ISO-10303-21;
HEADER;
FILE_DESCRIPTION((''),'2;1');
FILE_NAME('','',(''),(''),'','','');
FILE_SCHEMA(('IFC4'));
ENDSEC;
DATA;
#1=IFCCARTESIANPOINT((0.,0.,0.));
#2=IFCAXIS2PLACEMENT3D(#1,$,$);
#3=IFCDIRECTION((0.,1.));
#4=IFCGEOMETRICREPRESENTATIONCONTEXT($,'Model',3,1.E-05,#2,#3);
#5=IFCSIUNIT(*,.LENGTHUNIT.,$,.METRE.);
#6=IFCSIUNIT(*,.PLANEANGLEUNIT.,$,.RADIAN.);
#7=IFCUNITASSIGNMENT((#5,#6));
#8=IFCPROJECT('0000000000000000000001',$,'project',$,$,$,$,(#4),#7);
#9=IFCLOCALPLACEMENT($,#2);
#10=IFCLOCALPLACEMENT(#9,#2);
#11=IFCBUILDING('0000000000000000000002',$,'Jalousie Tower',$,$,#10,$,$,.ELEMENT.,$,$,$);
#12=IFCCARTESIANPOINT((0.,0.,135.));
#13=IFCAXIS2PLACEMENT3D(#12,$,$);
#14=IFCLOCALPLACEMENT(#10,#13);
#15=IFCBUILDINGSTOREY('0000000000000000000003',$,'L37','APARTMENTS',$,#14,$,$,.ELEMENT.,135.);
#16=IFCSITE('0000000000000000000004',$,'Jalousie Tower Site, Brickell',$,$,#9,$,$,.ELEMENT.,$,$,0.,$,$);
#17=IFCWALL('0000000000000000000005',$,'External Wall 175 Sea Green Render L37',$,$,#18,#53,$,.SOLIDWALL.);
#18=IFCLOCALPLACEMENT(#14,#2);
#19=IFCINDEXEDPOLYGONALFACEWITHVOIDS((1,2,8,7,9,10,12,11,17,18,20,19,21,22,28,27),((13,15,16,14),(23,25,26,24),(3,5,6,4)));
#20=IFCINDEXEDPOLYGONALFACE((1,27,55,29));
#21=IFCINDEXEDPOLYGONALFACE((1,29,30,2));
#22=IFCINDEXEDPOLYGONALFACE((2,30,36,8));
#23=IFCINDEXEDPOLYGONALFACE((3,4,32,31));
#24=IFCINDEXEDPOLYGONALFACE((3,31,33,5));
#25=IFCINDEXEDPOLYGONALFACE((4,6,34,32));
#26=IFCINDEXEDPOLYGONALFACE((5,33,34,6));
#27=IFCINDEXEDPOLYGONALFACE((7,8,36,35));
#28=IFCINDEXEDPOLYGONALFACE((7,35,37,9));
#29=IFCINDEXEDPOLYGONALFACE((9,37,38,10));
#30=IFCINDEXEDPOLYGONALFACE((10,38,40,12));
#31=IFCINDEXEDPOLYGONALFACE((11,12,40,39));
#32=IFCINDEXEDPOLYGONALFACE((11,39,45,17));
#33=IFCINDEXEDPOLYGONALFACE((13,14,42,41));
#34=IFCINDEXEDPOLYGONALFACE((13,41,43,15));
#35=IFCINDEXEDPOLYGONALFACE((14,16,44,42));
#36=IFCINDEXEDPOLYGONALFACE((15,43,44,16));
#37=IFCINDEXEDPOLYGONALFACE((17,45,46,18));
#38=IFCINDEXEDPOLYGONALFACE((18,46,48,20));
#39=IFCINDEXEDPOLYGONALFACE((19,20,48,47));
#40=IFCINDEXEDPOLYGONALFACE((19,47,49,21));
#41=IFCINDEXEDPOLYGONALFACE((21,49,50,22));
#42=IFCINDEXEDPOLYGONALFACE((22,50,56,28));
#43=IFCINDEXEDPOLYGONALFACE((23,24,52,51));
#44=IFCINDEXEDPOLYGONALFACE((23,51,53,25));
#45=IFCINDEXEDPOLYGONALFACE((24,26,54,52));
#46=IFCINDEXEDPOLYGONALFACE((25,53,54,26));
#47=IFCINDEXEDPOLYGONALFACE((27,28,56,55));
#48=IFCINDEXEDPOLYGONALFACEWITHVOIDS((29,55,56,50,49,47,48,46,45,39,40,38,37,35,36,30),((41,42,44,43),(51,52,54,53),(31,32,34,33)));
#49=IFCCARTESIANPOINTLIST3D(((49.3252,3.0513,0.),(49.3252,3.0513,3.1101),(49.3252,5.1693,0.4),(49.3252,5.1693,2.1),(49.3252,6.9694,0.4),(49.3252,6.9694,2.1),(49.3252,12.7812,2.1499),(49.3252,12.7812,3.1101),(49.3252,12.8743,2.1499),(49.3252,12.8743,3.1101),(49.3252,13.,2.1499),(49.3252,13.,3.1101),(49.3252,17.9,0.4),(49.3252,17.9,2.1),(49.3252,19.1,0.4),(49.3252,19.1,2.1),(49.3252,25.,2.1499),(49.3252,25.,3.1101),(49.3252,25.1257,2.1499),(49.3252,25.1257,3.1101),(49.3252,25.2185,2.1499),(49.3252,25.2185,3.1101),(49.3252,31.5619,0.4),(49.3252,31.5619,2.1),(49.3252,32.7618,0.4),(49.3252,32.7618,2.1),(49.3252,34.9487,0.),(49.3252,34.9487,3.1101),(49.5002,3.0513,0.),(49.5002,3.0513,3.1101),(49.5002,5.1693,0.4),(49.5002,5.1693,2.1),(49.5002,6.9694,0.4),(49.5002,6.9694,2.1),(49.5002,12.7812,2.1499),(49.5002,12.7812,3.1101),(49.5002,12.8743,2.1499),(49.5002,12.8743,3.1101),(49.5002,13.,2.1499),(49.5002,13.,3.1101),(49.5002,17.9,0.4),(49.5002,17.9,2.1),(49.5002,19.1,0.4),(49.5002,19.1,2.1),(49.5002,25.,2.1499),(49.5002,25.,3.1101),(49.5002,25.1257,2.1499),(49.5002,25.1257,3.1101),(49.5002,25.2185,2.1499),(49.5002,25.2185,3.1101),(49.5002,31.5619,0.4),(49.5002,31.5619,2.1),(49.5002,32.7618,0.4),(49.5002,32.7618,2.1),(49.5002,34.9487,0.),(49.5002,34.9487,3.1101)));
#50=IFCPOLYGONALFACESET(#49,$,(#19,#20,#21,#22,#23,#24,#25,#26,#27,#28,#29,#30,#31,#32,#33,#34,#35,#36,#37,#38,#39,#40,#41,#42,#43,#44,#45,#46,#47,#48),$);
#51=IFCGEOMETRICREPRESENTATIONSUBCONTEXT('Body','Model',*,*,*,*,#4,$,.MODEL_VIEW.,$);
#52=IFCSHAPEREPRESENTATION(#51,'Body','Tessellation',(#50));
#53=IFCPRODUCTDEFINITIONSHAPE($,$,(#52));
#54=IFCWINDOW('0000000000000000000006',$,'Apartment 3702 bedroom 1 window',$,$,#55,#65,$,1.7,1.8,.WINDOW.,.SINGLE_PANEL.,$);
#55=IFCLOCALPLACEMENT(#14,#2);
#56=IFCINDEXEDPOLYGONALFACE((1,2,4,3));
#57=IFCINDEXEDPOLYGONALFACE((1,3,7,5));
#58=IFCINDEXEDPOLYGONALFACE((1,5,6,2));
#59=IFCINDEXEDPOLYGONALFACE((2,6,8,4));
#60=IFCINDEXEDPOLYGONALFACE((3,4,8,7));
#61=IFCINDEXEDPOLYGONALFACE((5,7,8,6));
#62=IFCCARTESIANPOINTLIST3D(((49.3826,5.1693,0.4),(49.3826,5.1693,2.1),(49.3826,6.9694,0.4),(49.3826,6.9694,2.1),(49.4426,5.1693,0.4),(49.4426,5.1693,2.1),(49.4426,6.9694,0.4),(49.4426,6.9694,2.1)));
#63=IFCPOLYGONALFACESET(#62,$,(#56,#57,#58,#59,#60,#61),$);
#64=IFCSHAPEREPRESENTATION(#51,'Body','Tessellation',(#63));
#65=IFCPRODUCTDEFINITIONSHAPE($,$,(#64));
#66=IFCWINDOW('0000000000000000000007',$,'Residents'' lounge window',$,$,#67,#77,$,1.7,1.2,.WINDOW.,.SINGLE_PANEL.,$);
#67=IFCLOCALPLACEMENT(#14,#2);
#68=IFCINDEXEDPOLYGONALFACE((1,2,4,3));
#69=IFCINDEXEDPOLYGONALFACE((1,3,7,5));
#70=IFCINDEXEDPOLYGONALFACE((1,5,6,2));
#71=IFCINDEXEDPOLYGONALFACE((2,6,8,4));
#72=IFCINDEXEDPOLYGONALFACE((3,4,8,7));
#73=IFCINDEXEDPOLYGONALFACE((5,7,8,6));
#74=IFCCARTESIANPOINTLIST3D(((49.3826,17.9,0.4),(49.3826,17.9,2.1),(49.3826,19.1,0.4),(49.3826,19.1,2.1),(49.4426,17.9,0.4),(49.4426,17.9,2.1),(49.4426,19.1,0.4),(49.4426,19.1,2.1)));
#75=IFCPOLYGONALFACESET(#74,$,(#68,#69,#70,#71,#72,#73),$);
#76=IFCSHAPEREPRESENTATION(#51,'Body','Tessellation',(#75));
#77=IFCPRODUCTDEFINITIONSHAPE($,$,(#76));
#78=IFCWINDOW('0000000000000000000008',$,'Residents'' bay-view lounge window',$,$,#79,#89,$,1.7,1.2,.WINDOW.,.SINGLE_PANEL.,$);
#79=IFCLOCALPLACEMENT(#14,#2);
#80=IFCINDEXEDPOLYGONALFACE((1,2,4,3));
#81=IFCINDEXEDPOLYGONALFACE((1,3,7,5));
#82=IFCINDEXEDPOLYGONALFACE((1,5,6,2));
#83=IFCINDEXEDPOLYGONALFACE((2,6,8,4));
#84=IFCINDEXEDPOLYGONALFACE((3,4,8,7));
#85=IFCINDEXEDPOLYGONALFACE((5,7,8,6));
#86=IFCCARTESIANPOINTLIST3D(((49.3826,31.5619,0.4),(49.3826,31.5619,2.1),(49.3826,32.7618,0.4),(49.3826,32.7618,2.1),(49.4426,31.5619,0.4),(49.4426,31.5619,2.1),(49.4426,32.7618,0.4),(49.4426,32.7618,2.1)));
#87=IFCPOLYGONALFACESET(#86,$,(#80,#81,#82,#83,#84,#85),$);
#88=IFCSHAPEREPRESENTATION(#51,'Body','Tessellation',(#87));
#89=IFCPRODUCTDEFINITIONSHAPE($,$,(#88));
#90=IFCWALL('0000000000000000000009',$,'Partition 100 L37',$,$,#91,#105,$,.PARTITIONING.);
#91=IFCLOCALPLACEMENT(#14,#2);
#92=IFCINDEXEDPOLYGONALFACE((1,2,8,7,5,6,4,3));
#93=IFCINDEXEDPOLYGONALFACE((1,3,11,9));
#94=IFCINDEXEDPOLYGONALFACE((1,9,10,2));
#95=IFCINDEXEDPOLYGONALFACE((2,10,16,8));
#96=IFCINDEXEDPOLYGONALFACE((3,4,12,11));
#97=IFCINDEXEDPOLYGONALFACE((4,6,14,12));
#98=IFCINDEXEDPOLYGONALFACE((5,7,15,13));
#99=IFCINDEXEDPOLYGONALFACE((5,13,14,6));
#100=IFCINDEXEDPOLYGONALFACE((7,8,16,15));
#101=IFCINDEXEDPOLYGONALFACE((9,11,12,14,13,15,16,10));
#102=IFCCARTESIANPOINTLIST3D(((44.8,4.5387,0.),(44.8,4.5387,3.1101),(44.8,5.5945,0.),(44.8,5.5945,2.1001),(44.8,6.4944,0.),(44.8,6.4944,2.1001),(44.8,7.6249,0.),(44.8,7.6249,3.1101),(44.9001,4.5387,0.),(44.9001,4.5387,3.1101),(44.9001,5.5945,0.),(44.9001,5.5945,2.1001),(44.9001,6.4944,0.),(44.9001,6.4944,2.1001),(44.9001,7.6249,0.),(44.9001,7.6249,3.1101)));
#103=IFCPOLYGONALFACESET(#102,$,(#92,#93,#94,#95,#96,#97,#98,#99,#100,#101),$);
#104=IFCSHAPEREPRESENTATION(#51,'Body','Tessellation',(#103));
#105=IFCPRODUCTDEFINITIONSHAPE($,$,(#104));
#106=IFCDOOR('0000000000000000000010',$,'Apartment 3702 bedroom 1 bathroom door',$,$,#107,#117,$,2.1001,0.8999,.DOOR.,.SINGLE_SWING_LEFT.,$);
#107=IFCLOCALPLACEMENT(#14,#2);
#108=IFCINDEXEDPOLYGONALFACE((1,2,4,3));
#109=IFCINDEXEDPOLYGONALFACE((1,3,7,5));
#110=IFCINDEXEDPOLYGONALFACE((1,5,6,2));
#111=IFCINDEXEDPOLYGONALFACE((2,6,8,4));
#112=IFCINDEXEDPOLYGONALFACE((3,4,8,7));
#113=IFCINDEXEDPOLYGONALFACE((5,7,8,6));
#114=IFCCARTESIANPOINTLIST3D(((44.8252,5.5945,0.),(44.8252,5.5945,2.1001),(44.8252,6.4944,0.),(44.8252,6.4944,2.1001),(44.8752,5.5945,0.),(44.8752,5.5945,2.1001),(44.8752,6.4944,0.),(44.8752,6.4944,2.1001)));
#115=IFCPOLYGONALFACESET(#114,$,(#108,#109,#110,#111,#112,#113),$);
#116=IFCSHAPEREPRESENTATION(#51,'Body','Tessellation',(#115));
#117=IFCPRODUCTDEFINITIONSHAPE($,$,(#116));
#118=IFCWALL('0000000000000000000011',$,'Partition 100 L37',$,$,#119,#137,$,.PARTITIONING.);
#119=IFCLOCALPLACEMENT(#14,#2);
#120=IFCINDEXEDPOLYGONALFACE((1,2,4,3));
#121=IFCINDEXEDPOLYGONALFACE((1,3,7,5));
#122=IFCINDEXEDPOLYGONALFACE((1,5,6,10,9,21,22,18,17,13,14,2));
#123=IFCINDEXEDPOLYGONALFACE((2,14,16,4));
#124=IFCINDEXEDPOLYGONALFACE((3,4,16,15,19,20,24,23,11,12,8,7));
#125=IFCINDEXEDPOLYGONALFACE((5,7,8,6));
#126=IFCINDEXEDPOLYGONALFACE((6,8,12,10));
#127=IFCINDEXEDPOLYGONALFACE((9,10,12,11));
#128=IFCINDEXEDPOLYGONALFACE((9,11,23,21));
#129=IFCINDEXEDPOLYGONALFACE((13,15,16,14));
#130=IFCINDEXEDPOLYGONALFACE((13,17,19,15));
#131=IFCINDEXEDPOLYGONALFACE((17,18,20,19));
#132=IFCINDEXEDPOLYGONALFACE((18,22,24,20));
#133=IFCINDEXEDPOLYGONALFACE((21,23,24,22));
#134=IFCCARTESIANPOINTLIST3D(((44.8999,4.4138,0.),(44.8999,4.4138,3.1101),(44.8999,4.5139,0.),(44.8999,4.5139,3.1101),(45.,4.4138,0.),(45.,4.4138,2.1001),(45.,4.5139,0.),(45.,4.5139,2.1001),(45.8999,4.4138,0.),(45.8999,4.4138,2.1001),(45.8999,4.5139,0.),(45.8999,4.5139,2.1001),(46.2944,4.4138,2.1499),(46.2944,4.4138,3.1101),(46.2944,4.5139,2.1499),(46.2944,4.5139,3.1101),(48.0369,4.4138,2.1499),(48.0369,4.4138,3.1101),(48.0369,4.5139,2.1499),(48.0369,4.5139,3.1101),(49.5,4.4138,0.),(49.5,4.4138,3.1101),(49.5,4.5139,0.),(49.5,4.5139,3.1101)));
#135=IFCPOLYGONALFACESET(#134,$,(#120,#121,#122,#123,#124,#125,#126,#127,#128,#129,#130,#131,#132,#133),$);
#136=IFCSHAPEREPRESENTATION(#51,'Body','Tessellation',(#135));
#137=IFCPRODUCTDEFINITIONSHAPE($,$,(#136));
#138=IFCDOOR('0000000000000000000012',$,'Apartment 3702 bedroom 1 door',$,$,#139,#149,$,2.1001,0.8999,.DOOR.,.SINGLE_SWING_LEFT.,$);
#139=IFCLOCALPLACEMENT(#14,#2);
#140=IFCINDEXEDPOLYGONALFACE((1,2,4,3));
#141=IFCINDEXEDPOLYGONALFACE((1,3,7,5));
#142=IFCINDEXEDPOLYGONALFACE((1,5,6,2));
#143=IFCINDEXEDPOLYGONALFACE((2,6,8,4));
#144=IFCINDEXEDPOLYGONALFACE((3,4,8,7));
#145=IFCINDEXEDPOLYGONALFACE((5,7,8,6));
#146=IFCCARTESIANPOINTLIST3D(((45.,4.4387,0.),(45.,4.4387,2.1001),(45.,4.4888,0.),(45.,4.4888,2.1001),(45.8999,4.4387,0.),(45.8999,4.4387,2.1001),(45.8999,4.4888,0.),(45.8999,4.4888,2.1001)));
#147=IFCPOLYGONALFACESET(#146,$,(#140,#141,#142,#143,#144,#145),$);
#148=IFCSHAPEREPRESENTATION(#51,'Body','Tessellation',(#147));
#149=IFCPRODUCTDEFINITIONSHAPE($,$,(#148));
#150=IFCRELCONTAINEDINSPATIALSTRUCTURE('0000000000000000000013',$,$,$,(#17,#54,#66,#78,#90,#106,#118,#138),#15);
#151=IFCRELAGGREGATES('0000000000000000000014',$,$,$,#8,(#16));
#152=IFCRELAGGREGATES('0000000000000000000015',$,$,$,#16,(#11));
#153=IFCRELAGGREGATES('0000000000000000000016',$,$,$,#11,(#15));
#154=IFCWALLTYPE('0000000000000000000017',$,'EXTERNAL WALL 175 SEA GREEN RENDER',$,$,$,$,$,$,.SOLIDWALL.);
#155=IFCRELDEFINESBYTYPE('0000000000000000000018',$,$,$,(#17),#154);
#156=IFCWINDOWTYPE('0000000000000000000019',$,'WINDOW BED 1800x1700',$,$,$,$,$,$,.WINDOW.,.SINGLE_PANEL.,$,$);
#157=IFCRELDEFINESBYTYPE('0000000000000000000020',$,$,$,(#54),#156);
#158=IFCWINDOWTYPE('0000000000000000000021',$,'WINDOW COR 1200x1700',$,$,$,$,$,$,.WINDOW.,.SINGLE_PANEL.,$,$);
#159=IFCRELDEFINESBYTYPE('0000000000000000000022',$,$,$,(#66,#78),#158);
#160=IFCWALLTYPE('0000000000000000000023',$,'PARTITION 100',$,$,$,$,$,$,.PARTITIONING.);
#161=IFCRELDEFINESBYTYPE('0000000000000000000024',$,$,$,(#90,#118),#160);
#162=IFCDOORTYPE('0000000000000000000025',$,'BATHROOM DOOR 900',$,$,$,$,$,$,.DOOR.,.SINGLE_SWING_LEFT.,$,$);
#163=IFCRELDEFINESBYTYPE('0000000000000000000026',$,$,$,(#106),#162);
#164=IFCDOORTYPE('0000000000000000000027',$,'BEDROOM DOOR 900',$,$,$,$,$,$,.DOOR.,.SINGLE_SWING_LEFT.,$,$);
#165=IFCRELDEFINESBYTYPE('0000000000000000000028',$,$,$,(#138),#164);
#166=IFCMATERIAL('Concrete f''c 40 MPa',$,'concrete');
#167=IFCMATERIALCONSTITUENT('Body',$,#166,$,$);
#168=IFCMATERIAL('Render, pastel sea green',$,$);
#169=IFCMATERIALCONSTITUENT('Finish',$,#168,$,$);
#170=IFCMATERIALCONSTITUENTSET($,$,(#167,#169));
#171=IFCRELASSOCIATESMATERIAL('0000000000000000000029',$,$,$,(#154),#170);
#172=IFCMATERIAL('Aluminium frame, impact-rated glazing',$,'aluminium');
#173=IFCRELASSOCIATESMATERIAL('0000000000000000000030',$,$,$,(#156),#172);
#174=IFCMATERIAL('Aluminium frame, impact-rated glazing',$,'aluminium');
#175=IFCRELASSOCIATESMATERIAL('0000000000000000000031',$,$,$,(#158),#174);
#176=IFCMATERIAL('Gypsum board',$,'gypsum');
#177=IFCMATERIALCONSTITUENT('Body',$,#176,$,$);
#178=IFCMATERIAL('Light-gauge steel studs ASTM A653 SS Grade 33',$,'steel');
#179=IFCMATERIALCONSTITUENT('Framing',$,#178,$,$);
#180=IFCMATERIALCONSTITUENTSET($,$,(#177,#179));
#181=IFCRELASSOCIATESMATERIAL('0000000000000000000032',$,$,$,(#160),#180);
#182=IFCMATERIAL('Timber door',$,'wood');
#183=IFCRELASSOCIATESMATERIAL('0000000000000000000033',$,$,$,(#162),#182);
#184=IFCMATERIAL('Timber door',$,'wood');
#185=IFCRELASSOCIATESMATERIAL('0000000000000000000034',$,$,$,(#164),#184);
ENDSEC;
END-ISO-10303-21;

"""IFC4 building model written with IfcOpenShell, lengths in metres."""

from ifc_helpers import new_model, si_unit, direction, frame, frame_2d, origin, place, context, subcontext, project, spatial, polyline, rectangle, outline, extrude, material, constituent, constituent_set, type_object, element, fill, save


model = new_model("IFC4")

# Units and contexts
model_context = context("Model", 3, precision=1e-05, world=origin(), true_north=direction((0.0, 1.0)))
body_context = subcontext(model_context, "Body", "Model", "MODEL_VIEW")
ifc_project = project(units=[si_unit("LENGTHUNIT", "METRE"), si_unit("PLANEANGLEUNIT", "RADIAN")], contexts=[model_context])

# Site, building, storey
site_placement = place(None, origin())
site = spatial("IfcSite", under=ifc_project, at=site_placement, Name="Jalousie Tower Site, Brickell", CompositionType="ELEMENT", RefElevation=0.0)
building_placement = place(site_placement, origin())
building = spatial("IfcBuilding", under=site, at=building_placement, Name="Jalousie Tower", CompositionType="ELEMENT")
storey_placement = place(building_placement, frame((0.0, 0.0, 135.0)))
storey = spatial("IfcBuildingStorey", under=building, at=storey_placement, Name="L37", Description="APARTMENTS", CompositionType="ELEMENT", Elevation=135.0)

# Wall, openings, windows
ifc_material_1 = material(Name="Concrete f'c 40 MPa", Category="concrete")
ifc_constituent_1 = constituent(ifc_material_1, Name="Body")
ifc_material_2 = material(Name="Render, pastel sea green")
ifc_constituent_2 = constituent(ifc_material_2, Name="Finish")
ifc_constituent_set_1 = constituent_set(constituents=[ifc_constituent_1, ifc_constituent_2])
wall_type_1 = type_object("IfcWallType", Name="EXTERNAL WALL 175 SEA GREEN RENDER", PredefinedType="SOLIDWALL", material=ifc_constituent_set_1)
wall_1_placement = place(storey_placement, frame((49.4126, 3.0513, 0.0), z_axis=(0.0, 0.0, 1.0), x_axis=(0.0, 1.0, 0.0)))
wall_1 = element("IfcWall", 1, at=wall_1_placement, inside=storey, type_object=wall_type_1, Name="External Wall 175 Sea Green Render L37", PredefinedType="SOLIDWALL", context=body_context, shape_type="SweptSolid", body=[
    extrude(outline(polyline([(0.0, 0.0), (31.8975, 0.0), (31.8975, 3.1101), (22.1672, 3.1101), (22.1672, 2.1499), (22.0745, 2.1499), (22.0745, 3.1101), (21.9487, 3.1101), (21.9487, 2.1499), (9.9487, 2.1499), (9.9487, 3.1101), (9.823, 3.1101), (9.823, 2.1499), (9.73, 2.1499), (9.73, 3.1101), (0.0, 3.1101), (0.0, 0.0)])), frame((0.0, 0.0874, 0.0), z_axis=(0.0, -1.0, 0.0), x_axis=(1.0, 0.0, 0.0)), (0.0, 0.0, 1.0), 0.175),
])
opening_1_placement = place(wall_1_placement, frame((2.1182, 0.0, 0.3999)))
opening_1 = element("IfcOpeningElement", 2, at=opening_1_placement, cuts=wall_1, PredefinedType="OPENING", context=body_context, shape_type="SweptSolid", body=[
    extrude(rectangle(XDim=1.8, YDim=1.7, at=frame_2d((0.8999, 0.8501))), frame((0.0, 0.0974, 0.0), z_axis=(0.0, -1.0, 0.0), x_axis=(1.0, 0.0, 0.0)), (0.0, 0.0, 1.0), 0.1951),
])
opening_2_placement = place(wall_1_placement, frame((14.8486, 0.0, 0.3999)))
opening_2 = element("IfcOpeningElement", 3, at=opening_2_placement, cuts=wall_1, PredefinedType="OPENING", context=body_context, shape_type="SweptSolid", body=[
    extrude(rectangle(XDim=1.2, YDim=1.7, at=frame_2d((0.6001, 0.8501))), frame((0.0, 0.0974, 0.0), z_axis=(0.0, -1.0, 0.0), x_axis=(1.0, 0.0, 0.0)), (0.0, 0.0, 1.0), 0.1951),
])
opening_3_placement = place(wall_1_placement, frame((28.5105, 0.0, 0.3999)))
opening_3 = element("IfcOpeningElement", 4, at=opening_3_placement, cuts=wall_1, PredefinedType="OPENING", context=body_context, shape_type="SweptSolid", body=[
    extrude(rectangle(XDim=1.2, YDim=1.7, at=frame_2d((0.6001, 0.8501))), frame((0.0, 0.0974, 0.0), z_axis=(0.0, -1.0, 0.0), x_axis=(1.0, 0.0, 0.0)), (0.0, 0.0, 1.0), 0.1951),
])
ifc_material_3 = material(Name="Aluminium frame, impact-rated glazing", Category="aluminium")
window_type_1 = type_object("IfcWindowType", Name="WINDOW BED 1800x1700", PartitioningType="SINGLE_PANEL", PredefinedType="WINDOW", material=ifc_material_3)
window_1_placement = place(opening_1_placement, origin())
window_1 = element("IfcWindow", 5, at=window_1_placement, inside=storey, type_object=window_type_1, Name="Apartment 3702 bedroom 1 window", OverallHeight=1.7, OverallWidth=1.8, PartitioningType="SINGLE_PANEL", PredefinedType="WINDOW", context=body_context, shape_type="SweptSolid", body=[
    extrude(rectangle(XDim=1.8, YDim=1.7, at=frame_2d((0.8999, 0.8501))), frame((0.0, 0.03, 0.0), z_axis=(0.0, -1.0, 0.0), x_axis=(1.0, 0.0, 0.0)), (0.0, 0.0, 1.0), 0.0601),
])
fill(opening_1, window_1)
ifc_material_4 = material(Name="Aluminium frame, impact-rated glazing", Category="aluminium")
window_type_2 = type_object("IfcWindowType", Name="WINDOW COR 1200x1700", PartitioningType="SINGLE_PANEL", PredefinedType="WINDOW", material=ifc_material_4)
window_2_placement = place(opening_2_placement, origin())
window_2 = element("IfcWindow", 6, at=window_2_placement, inside=storey, type_object=window_type_2, Name="Residents' lounge window", OverallHeight=1.7, OverallWidth=1.2, PartitioningType="SINGLE_PANEL", PredefinedType="WINDOW", context=body_context, shape_type="SweptSolid", body=[
    extrude(rectangle(XDim=1.2, YDim=1.7, at=frame_2d((0.6001, 0.8501))), frame((0.0, 0.03, 0.0), z_axis=(0.0, -1.0, 0.0), x_axis=(1.0, 0.0, 0.0)), (0.0, 0.0, 1.0), 0.0601),
])
fill(opening_2, window_2)
window_3_placement = place(opening_3_placement, origin())
window_3 = element("IfcWindow", 7, at=window_3_placement, inside=storey, type_object=window_type_2, Name="Residents' bay-view lounge window", OverallHeight=1.7, OverallWidth=1.2, PartitioningType="SINGLE_PANEL", PredefinedType="WINDOW", context=body_context, shape_type="SweptSolid", body=[
    extrude(rectangle(XDim=1.2, YDim=1.7, at=frame_2d((0.6001, 0.8501))), frame((0.0, 0.03, 0.0), z_axis=(0.0, -1.0, 0.0), x_axis=(1.0, 0.0, 0.0)), (0.0, 0.0, 1.0), 0.0601),
])
fill(opening_3, window_3)

# Walls, openings, doors
ifc_material_5 = material(Name="Gypsum board", Category="gypsum")
ifc_constituent_3 = constituent(ifc_material_5, Name="Body")
ifc_material_6 = material(Name="Light-gauge steel studs ASTM A653 SS Grade 33", Category="steel")
ifc_constituent_4 = constituent(ifc_material_6, Name="Framing")
ifc_constituent_set_2 = constituent_set(constituents=[ifc_constituent_3, ifc_constituent_4])
wall_type_2 = type_object("IfcWallType", Name="PARTITION 100", PredefinedType="PARTITIONING", material=ifc_constituent_set_2)
wall_2_placement = place(storey_placement, frame((44.8501, 4.5388, 0.0), z_axis=(0.0, 0.0, 1.0), x_axis=(0.0, 1.0, 0.0)))
wall_2 = element("IfcWall", 8, at=wall_2_placement, inside=storey, type_object=wall_type_2, Name="Partition 100 L37", PredefinedType="PARTITIONING", context=body_context, shape_type="SweptSolid", body=[
    extrude(rectangle(XDim=3.0862, YDim=0.1001, at=frame_2d((1.543, 0.0))), origin(), (0.0, 0.0, 1.0), 3.1101),
])
opening_4_placement = place(wall_2_placement, frame((1.0557, 0.0, 0.0)))
opening_4 = element("IfcOpeningElement", 9, at=opening_4_placement, cuts=wall_2, PredefinedType="OPENING", context=body_context, shape_type="SweptSolid", body=[
    extrude(rectangle(XDim=0.8999, YDim=2.1001, at=frame_2d((0.45, 1.05))), frame((0.0, 0.0601, 0.0), z_axis=(0.0, -1.0, 0.0), x_axis=(1.0, 0.0, 0.0)), (0.0, 0.0, 1.0), 0.1201),
])
ifc_material_7 = material(Name="Timber door", Category="wood")
door_type_1 = type_object("IfcDoorType", Name="BATHROOM DOOR 900", OperationType="SINGLE_SWING_LEFT", PredefinedType="DOOR", material=ifc_material_7)
door_1_placement = place(opening_4_placement, origin())
door_1 = element("IfcDoor", 10, at=door_1_placement, inside=storey, type_object=door_type_1, Name="Apartment 3702 bedroom 1 bathroom door", OperationType="SINGLE_SWING_LEFT", OverallHeight=2.1001, OverallWidth=0.8999, PredefinedType="DOOR", context=body_context, shape_type="SweptSolid", body=[
    extrude(rectangle(XDim=0.8999, YDim=2.1001, at=frame_2d((0.45, 1.05))), frame((0.0, 0.0249, 0.0), z_axis=(0.0, -1.0, 0.0), x_axis=(1.0, 0.0, 0.0)), (0.0, 0.0, 1.0), 0.05),
])
fill(opening_4, door_1)
wall_3_placement = place(storey_placement, frame((44.8999, 4.4639, 0.0), z_axis=(0.0, 0.0, 1.0), x_axis=(1.0, 0.0, 0.0)))
wall_3 = element("IfcWall", 11, at=wall_3_placement, inside=storey, type_object=wall_type_2, Name="Partition 100 L37", PredefinedType="PARTITIONING", context=body_context, shape_type="SweptSolid", body=[
    extrude(outline(polyline([(0.0, 0.0), (4.6001, 0.0), (4.6001, 3.1101), (3.137, 3.1101), (3.137, 2.1499), (1.3945, 2.1499), (1.3945, 3.1101), (0.0, 3.1101), (0.0, 0.0)])), frame((0.0, 0.05, 0.0), z_axis=(0.0, -1.0, 0.0), x_axis=(1.0, 0.0, 0.0)), (0.0, 0.0, 1.0), 0.1001),
])
opening_5_placement = place(wall_3_placement, frame((0.1001, 0.0, 0.0)))
opening_5 = element("IfcOpeningElement", 12, at=opening_5_placement, cuts=wall_3, PredefinedType="OPENING", context=body_context, shape_type="SweptSolid", body=[
    extrude(rectangle(XDim=0.8999, YDim=2.1001, at=frame_2d((0.45, 1.05))), frame((0.0, 0.0601, 0.0), z_axis=(0.0, -1.0, 0.0), x_axis=(1.0, 0.0, 0.0)), (0.0, 0.0, 1.0), 0.1201),
])
ifc_material_8 = material(Name="Timber door", Category="wood")
door_type_2 = type_object("IfcDoorType", Name="BEDROOM DOOR 900", OperationType="SINGLE_SWING_LEFT", PredefinedType="DOOR", material=ifc_material_8)
door_2_placement = place(opening_5_placement, origin())
door_2 = element("IfcDoor", 13, at=door_2_placement, inside=storey, type_object=door_type_2, Name="Apartment 3702 bedroom 1 door", OperationType="SINGLE_SWING_LEFT", OverallHeight=2.1001, OverallWidth=0.8999, PredefinedType="DOOR", context=body_context, shape_type="SweptSolid", body=[
    extrude(rectangle(XDim=0.8999, YDim=2.1001, at=frame_2d((0.45, 1.05))), frame((0.0, 0.0249, 0.0), z_axis=(0.0, -1.0, 0.0), x_axis=(1.0, 0.0, 0.0)), (0.0, 0.0, 1.0), 0.05),
])
fill(opening_5, door_2)

save(model, "model.ifc")
